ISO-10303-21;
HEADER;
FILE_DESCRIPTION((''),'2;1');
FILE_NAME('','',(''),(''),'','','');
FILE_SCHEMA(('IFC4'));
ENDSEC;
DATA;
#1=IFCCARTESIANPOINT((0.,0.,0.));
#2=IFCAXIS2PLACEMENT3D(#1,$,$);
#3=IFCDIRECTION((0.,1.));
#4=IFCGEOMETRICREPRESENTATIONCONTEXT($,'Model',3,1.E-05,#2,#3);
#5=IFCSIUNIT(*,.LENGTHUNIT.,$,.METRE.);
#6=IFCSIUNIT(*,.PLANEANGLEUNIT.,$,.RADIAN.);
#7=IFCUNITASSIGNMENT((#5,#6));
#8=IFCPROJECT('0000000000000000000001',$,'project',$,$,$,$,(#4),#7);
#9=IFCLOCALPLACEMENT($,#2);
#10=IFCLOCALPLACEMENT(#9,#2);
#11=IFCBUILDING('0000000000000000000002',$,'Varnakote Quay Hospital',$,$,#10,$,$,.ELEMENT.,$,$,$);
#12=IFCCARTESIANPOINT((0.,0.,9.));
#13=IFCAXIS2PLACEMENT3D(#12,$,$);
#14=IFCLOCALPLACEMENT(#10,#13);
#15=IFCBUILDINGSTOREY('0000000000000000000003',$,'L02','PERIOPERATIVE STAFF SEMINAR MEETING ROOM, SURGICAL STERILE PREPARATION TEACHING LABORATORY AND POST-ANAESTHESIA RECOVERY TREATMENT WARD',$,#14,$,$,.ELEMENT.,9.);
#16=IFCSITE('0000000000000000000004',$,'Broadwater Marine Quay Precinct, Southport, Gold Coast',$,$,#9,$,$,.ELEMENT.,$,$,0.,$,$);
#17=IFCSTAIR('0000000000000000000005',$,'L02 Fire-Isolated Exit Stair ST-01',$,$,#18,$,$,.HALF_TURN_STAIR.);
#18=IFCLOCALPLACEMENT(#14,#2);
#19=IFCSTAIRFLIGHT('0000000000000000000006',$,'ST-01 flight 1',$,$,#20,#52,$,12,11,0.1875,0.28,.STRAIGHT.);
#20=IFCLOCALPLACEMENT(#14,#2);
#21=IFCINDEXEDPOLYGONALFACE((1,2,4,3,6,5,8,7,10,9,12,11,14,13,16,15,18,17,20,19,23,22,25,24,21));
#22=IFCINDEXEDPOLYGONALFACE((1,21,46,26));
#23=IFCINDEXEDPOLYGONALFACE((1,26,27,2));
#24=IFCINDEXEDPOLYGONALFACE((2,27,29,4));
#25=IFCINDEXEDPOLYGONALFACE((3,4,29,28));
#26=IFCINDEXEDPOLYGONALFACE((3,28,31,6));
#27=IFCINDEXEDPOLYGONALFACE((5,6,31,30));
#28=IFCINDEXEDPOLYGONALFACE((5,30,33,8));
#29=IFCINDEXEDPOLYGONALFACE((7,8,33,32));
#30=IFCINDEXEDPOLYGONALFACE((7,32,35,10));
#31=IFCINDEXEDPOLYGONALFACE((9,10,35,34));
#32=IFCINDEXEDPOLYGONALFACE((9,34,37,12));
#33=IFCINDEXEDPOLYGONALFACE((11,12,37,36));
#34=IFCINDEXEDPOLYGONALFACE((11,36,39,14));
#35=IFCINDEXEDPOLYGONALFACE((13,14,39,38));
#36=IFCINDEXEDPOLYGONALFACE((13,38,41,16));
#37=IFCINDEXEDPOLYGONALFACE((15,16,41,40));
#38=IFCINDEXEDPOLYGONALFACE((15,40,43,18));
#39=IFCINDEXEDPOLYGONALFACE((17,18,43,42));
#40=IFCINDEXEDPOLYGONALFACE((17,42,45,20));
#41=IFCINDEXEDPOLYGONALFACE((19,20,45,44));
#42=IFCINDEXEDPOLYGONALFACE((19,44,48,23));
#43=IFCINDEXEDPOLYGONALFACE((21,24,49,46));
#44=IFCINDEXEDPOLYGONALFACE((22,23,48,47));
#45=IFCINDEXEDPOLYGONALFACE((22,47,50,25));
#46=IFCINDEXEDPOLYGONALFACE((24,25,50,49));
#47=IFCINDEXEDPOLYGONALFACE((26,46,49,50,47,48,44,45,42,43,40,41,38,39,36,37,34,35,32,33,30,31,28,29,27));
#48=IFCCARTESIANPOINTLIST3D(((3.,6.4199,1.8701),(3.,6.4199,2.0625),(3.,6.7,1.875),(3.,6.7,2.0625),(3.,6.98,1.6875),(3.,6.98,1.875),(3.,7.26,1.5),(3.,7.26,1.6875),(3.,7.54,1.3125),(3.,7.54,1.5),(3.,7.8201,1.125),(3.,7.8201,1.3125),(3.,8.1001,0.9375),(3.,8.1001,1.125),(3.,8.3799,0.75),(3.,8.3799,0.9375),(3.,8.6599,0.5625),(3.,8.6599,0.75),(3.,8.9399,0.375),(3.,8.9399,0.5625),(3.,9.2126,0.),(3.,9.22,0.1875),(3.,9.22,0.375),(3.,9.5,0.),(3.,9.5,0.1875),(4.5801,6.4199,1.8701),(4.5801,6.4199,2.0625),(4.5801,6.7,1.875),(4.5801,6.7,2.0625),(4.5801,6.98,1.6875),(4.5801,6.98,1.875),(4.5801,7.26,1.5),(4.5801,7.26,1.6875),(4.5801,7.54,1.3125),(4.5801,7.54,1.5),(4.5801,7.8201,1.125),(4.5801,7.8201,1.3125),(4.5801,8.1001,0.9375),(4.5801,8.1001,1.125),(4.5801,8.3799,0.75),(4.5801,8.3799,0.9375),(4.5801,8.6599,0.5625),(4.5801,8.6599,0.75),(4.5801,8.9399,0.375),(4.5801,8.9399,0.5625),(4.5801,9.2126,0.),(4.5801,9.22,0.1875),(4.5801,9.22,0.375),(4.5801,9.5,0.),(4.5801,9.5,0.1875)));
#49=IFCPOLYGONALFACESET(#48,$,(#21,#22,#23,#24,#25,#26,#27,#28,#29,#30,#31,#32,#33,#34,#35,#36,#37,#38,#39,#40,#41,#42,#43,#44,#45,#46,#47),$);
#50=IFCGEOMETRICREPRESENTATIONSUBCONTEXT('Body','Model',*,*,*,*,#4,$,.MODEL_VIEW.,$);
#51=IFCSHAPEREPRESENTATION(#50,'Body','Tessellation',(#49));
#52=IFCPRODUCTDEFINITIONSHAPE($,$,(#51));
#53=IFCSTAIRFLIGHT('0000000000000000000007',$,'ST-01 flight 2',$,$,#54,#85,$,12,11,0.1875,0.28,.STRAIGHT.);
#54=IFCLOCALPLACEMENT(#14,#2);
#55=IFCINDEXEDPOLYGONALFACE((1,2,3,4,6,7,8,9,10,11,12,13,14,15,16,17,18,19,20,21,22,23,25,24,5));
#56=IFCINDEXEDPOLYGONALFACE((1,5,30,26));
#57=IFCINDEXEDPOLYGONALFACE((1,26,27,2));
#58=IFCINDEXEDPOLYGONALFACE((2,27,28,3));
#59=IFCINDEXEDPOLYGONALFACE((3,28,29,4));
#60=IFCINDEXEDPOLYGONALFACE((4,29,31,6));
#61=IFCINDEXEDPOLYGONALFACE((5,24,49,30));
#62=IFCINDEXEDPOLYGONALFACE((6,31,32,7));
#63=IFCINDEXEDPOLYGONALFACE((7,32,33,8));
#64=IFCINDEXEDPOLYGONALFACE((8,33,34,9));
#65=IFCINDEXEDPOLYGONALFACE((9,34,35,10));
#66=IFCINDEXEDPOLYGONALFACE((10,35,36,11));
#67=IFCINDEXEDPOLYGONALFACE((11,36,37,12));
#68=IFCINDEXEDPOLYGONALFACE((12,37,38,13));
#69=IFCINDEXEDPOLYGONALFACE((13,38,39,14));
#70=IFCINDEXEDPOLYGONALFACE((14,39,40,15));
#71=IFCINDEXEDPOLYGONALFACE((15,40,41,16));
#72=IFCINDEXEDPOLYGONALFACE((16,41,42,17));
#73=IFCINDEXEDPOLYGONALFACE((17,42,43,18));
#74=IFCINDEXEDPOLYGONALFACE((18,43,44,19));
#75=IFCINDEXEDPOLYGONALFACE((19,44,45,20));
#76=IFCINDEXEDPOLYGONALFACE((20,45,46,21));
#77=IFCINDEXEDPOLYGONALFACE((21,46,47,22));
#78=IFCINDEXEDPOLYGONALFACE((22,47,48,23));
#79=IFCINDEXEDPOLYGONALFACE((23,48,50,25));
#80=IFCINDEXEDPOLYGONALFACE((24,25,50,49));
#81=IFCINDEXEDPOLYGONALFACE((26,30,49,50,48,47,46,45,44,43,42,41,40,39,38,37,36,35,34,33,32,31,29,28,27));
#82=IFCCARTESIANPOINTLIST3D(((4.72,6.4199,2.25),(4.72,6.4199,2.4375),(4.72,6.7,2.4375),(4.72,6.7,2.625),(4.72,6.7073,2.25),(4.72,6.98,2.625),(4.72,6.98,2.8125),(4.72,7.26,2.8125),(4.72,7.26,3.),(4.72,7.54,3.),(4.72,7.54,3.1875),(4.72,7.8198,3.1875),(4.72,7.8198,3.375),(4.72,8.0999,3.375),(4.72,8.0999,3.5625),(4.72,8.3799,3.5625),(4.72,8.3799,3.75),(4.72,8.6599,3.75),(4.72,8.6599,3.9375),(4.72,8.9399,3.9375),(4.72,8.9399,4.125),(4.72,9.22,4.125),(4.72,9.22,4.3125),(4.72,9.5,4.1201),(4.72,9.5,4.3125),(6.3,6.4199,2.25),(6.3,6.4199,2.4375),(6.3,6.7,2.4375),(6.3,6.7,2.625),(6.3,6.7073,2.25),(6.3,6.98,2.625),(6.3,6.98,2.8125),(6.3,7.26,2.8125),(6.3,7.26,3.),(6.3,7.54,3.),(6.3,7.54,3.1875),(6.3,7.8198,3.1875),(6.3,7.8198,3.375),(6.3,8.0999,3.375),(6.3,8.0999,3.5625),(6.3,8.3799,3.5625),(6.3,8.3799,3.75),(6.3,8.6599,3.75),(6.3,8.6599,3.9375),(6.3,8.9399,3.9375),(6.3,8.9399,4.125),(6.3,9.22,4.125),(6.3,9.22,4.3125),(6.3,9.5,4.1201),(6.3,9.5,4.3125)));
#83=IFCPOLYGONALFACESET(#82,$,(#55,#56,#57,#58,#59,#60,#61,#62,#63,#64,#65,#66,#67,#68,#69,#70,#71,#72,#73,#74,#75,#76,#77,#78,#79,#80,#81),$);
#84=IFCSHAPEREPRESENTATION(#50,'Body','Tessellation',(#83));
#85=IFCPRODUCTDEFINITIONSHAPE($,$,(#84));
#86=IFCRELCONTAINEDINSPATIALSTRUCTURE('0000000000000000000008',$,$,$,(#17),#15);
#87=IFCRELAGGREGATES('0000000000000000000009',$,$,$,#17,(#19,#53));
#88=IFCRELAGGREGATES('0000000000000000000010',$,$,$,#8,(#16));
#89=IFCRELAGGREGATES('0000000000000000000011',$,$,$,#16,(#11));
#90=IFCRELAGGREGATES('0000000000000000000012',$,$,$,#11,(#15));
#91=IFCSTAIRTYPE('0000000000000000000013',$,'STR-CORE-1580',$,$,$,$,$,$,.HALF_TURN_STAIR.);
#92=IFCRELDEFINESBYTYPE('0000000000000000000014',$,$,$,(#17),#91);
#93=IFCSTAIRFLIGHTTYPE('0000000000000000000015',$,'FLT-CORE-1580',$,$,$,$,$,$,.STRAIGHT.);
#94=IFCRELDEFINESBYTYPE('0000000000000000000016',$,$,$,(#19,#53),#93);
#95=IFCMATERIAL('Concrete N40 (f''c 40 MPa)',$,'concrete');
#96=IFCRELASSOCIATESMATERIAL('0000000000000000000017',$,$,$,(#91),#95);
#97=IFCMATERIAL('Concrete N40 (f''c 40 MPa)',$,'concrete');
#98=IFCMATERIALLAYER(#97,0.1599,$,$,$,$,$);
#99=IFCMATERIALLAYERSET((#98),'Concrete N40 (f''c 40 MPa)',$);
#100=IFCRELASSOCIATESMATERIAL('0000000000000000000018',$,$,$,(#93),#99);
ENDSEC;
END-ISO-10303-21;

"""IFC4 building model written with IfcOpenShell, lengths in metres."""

from ifc_helpers import new_model, si_unit, direction, frame, origin, place, context, subcontext, project, spatial, polyline, outline, extrude, material, layer, layer_set, type_object, element, aggregate, save


model = new_model("IFC4")

# Units and contexts
model_context = context("Model", 3, precision=1e-05, world=origin(), true_north=direction((0.0, 1.0)))
body_context = subcontext(model_context, "Body", "Model", "MODEL_VIEW")
ifc_project = project(units=[si_unit("LENGTHUNIT", "METRE"), si_unit("PLANEANGLEUNIT", "RADIAN")], contexts=[model_context])

# Site, building, storey
site_placement = place(None, origin())
site = spatial("IfcSite", under=ifc_project, at=site_placement, Name="Broadwater Marine Quay Precinct, Southport, Gold Coast", CompositionType="ELEMENT", RefElevation=0.0)
building_placement = place(site_placement, origin())
building = spatial("IfcBuilding", under=site, at=building_placement, Name="Varnakote Quay Hospital", CompositionType="ELEMENT")
storey_placement = place(building_placement, frame((0.0, 0.0, 9.0)))
storey = spatial("IfcBuildingStorey", under=building, at=storey_placement, Name="L02", Description="PERIOPERATIVE STAFF SEMINAR MEETING ROOM, SURGICAL STERILE PREPARATION TEACHING LABORATORY AND POST-ANAESTHESIA RECOVERY TREATMENT WARD", CompositionType="ELEMENT", Elevation=9.0)

# Stair
ifc_material_1 = material(Name="Concrete N40 (f'c 40 MPa)", Category="concrete")
stair_type_1 = type_object("IfcStairType", Name="STR-CORE-1580", PredefinedType="HALF_TURN_STAIR", material=ifc_material_1)
stair_1_placement = place(storey_placement, origin())
stair_1 = element("IfcStair", 1, at=stair_1_placement, inside=storey, type_object=stair_type_1, Name="L02 Fire-Isolated Exit Stair ST-01", PredefinedType="HALF_TURN_STAIR")

# Stair flights
ifc_material_2 = material(Name="Concrete N40 (f'c 40 MPa)", Category="concrete")
ifc_layer_1 = layer(ifc_material_2, 0.1599)
ifc_layer_set_1 = layer_set([ifc_layer_1], Name="Concrete N40 (f'c 40 MPa)")
stair_flight_type = type_object("IfcStairFlightType", Name="FLT-CORE-1580", PredefinedType="STRAIGHT", material=ifc_layer_set_1)
stair_flight_1_placement = place(storey_placement, frame((3.79, 9.5, 0.0), z_axis=(0.0, 0.0, 1.0), x_axis=(0.0, -1.0, 0.0)))
stair_flight_1 = element("IfcStairFlight", 2, at=stair_flight_1_placement, type_object=stair_flight_type, Name="ST-01 flight 1", NumberOfRisers=12, NumberOfTreads=11, PredefinedType="STRAIGHT", RiserHeight=0.1875, TreadLength=0.28, context=body_context, shape_type="SweptSolid", body=[
    extrude(outline(polyline([(0.0, 0.0), (0.0, 0.1875), (0.28, 0.1875), (0.28, 0.375), (0.5601, 0.375), (0.5601, 0.5625), (0.8401, 0.5625), (0.8401, 0.75), (1.1201, 0.75), (1.1201, 0.9375), (1.3999, 0.9375), (1.3999, 1.125), (1.6799, 1.125), (1.6799, 1.3125), (1.96, 1.3125), (1.96, 1.5), (2.24, 1.5), (2.24, 1.6875), (2.52, 1.6875), (2.52, 1.875), (2.8, 1.875), (2.8, 2.0625), (3.0801, 2.0625), (3.0801, 2.25), (3.0801, 1.8701), (0.2874, 0.0), (0.0, 0.0)])), frame((0.0, 0.79, 0.0), z_axis=(0.0, -1.0, 0.0), x_axis=(1.0, 0.0, 0.0)), (0.0, 0.0, 1.0), 1.5801),
])
stair_flight_2_placement = place(storey_placement, frame((5.51, 6.4199, 2.25), z_axis=(0.0, 0.0, 1.0), x_axis=(0.0, 1.0, 0.0)))
stair_flight_2 = element("IfcStairFlight", 3, at=stair_flight_2_placement, type_object=stair_flight_type, Name="ST-01 flight 2", NumberOfRisers=12, NumberOfTreads=11, PredefinedType="STRAIGHT", RiserHeight=0.1875, TreadLength=0.28, context=body_context, shape_type="SweptSolid", body=[
    extrude(outline(polyline([(0.0, 0.0), (0.0, 0.1875), (0.28, 0.1875), (0.28, 0.375), (0.5601, 0.375), (0.5601, 0.5625), (0.8401, 0.5625), (0.8401, 0.75), (1.1201, 0.75), (1.1201, 0.9375), (1.3999, 0.9375), (1.3999, 1.125), (1.6799, 1.125), (1.6799, 1.3125), (1.96, 1.3125), (1.96, 1.5), (2.24, 1.5), (2.24, 1.6875), (2.52, 1.6875), (2.52, 1.875), (2.8, 1.875), (2.8, 2.0625), (3.0801, 2.0625), (3.0801, 2.25), (3.0801, 1.8701), (0.2874, 0.0), (0.0, 0.0)])), frame((0.0, 0.79, 0.0), z_axis=(0.0, -1.0, 0.0), x_axis=(1.0, 0.0, 0.0)), (0.0, 0.0, 1.0), 1.5801),
])
aggregate(stair_1, [stair_flight_1, stair_flight_2])

save(model, "model.ifc")
